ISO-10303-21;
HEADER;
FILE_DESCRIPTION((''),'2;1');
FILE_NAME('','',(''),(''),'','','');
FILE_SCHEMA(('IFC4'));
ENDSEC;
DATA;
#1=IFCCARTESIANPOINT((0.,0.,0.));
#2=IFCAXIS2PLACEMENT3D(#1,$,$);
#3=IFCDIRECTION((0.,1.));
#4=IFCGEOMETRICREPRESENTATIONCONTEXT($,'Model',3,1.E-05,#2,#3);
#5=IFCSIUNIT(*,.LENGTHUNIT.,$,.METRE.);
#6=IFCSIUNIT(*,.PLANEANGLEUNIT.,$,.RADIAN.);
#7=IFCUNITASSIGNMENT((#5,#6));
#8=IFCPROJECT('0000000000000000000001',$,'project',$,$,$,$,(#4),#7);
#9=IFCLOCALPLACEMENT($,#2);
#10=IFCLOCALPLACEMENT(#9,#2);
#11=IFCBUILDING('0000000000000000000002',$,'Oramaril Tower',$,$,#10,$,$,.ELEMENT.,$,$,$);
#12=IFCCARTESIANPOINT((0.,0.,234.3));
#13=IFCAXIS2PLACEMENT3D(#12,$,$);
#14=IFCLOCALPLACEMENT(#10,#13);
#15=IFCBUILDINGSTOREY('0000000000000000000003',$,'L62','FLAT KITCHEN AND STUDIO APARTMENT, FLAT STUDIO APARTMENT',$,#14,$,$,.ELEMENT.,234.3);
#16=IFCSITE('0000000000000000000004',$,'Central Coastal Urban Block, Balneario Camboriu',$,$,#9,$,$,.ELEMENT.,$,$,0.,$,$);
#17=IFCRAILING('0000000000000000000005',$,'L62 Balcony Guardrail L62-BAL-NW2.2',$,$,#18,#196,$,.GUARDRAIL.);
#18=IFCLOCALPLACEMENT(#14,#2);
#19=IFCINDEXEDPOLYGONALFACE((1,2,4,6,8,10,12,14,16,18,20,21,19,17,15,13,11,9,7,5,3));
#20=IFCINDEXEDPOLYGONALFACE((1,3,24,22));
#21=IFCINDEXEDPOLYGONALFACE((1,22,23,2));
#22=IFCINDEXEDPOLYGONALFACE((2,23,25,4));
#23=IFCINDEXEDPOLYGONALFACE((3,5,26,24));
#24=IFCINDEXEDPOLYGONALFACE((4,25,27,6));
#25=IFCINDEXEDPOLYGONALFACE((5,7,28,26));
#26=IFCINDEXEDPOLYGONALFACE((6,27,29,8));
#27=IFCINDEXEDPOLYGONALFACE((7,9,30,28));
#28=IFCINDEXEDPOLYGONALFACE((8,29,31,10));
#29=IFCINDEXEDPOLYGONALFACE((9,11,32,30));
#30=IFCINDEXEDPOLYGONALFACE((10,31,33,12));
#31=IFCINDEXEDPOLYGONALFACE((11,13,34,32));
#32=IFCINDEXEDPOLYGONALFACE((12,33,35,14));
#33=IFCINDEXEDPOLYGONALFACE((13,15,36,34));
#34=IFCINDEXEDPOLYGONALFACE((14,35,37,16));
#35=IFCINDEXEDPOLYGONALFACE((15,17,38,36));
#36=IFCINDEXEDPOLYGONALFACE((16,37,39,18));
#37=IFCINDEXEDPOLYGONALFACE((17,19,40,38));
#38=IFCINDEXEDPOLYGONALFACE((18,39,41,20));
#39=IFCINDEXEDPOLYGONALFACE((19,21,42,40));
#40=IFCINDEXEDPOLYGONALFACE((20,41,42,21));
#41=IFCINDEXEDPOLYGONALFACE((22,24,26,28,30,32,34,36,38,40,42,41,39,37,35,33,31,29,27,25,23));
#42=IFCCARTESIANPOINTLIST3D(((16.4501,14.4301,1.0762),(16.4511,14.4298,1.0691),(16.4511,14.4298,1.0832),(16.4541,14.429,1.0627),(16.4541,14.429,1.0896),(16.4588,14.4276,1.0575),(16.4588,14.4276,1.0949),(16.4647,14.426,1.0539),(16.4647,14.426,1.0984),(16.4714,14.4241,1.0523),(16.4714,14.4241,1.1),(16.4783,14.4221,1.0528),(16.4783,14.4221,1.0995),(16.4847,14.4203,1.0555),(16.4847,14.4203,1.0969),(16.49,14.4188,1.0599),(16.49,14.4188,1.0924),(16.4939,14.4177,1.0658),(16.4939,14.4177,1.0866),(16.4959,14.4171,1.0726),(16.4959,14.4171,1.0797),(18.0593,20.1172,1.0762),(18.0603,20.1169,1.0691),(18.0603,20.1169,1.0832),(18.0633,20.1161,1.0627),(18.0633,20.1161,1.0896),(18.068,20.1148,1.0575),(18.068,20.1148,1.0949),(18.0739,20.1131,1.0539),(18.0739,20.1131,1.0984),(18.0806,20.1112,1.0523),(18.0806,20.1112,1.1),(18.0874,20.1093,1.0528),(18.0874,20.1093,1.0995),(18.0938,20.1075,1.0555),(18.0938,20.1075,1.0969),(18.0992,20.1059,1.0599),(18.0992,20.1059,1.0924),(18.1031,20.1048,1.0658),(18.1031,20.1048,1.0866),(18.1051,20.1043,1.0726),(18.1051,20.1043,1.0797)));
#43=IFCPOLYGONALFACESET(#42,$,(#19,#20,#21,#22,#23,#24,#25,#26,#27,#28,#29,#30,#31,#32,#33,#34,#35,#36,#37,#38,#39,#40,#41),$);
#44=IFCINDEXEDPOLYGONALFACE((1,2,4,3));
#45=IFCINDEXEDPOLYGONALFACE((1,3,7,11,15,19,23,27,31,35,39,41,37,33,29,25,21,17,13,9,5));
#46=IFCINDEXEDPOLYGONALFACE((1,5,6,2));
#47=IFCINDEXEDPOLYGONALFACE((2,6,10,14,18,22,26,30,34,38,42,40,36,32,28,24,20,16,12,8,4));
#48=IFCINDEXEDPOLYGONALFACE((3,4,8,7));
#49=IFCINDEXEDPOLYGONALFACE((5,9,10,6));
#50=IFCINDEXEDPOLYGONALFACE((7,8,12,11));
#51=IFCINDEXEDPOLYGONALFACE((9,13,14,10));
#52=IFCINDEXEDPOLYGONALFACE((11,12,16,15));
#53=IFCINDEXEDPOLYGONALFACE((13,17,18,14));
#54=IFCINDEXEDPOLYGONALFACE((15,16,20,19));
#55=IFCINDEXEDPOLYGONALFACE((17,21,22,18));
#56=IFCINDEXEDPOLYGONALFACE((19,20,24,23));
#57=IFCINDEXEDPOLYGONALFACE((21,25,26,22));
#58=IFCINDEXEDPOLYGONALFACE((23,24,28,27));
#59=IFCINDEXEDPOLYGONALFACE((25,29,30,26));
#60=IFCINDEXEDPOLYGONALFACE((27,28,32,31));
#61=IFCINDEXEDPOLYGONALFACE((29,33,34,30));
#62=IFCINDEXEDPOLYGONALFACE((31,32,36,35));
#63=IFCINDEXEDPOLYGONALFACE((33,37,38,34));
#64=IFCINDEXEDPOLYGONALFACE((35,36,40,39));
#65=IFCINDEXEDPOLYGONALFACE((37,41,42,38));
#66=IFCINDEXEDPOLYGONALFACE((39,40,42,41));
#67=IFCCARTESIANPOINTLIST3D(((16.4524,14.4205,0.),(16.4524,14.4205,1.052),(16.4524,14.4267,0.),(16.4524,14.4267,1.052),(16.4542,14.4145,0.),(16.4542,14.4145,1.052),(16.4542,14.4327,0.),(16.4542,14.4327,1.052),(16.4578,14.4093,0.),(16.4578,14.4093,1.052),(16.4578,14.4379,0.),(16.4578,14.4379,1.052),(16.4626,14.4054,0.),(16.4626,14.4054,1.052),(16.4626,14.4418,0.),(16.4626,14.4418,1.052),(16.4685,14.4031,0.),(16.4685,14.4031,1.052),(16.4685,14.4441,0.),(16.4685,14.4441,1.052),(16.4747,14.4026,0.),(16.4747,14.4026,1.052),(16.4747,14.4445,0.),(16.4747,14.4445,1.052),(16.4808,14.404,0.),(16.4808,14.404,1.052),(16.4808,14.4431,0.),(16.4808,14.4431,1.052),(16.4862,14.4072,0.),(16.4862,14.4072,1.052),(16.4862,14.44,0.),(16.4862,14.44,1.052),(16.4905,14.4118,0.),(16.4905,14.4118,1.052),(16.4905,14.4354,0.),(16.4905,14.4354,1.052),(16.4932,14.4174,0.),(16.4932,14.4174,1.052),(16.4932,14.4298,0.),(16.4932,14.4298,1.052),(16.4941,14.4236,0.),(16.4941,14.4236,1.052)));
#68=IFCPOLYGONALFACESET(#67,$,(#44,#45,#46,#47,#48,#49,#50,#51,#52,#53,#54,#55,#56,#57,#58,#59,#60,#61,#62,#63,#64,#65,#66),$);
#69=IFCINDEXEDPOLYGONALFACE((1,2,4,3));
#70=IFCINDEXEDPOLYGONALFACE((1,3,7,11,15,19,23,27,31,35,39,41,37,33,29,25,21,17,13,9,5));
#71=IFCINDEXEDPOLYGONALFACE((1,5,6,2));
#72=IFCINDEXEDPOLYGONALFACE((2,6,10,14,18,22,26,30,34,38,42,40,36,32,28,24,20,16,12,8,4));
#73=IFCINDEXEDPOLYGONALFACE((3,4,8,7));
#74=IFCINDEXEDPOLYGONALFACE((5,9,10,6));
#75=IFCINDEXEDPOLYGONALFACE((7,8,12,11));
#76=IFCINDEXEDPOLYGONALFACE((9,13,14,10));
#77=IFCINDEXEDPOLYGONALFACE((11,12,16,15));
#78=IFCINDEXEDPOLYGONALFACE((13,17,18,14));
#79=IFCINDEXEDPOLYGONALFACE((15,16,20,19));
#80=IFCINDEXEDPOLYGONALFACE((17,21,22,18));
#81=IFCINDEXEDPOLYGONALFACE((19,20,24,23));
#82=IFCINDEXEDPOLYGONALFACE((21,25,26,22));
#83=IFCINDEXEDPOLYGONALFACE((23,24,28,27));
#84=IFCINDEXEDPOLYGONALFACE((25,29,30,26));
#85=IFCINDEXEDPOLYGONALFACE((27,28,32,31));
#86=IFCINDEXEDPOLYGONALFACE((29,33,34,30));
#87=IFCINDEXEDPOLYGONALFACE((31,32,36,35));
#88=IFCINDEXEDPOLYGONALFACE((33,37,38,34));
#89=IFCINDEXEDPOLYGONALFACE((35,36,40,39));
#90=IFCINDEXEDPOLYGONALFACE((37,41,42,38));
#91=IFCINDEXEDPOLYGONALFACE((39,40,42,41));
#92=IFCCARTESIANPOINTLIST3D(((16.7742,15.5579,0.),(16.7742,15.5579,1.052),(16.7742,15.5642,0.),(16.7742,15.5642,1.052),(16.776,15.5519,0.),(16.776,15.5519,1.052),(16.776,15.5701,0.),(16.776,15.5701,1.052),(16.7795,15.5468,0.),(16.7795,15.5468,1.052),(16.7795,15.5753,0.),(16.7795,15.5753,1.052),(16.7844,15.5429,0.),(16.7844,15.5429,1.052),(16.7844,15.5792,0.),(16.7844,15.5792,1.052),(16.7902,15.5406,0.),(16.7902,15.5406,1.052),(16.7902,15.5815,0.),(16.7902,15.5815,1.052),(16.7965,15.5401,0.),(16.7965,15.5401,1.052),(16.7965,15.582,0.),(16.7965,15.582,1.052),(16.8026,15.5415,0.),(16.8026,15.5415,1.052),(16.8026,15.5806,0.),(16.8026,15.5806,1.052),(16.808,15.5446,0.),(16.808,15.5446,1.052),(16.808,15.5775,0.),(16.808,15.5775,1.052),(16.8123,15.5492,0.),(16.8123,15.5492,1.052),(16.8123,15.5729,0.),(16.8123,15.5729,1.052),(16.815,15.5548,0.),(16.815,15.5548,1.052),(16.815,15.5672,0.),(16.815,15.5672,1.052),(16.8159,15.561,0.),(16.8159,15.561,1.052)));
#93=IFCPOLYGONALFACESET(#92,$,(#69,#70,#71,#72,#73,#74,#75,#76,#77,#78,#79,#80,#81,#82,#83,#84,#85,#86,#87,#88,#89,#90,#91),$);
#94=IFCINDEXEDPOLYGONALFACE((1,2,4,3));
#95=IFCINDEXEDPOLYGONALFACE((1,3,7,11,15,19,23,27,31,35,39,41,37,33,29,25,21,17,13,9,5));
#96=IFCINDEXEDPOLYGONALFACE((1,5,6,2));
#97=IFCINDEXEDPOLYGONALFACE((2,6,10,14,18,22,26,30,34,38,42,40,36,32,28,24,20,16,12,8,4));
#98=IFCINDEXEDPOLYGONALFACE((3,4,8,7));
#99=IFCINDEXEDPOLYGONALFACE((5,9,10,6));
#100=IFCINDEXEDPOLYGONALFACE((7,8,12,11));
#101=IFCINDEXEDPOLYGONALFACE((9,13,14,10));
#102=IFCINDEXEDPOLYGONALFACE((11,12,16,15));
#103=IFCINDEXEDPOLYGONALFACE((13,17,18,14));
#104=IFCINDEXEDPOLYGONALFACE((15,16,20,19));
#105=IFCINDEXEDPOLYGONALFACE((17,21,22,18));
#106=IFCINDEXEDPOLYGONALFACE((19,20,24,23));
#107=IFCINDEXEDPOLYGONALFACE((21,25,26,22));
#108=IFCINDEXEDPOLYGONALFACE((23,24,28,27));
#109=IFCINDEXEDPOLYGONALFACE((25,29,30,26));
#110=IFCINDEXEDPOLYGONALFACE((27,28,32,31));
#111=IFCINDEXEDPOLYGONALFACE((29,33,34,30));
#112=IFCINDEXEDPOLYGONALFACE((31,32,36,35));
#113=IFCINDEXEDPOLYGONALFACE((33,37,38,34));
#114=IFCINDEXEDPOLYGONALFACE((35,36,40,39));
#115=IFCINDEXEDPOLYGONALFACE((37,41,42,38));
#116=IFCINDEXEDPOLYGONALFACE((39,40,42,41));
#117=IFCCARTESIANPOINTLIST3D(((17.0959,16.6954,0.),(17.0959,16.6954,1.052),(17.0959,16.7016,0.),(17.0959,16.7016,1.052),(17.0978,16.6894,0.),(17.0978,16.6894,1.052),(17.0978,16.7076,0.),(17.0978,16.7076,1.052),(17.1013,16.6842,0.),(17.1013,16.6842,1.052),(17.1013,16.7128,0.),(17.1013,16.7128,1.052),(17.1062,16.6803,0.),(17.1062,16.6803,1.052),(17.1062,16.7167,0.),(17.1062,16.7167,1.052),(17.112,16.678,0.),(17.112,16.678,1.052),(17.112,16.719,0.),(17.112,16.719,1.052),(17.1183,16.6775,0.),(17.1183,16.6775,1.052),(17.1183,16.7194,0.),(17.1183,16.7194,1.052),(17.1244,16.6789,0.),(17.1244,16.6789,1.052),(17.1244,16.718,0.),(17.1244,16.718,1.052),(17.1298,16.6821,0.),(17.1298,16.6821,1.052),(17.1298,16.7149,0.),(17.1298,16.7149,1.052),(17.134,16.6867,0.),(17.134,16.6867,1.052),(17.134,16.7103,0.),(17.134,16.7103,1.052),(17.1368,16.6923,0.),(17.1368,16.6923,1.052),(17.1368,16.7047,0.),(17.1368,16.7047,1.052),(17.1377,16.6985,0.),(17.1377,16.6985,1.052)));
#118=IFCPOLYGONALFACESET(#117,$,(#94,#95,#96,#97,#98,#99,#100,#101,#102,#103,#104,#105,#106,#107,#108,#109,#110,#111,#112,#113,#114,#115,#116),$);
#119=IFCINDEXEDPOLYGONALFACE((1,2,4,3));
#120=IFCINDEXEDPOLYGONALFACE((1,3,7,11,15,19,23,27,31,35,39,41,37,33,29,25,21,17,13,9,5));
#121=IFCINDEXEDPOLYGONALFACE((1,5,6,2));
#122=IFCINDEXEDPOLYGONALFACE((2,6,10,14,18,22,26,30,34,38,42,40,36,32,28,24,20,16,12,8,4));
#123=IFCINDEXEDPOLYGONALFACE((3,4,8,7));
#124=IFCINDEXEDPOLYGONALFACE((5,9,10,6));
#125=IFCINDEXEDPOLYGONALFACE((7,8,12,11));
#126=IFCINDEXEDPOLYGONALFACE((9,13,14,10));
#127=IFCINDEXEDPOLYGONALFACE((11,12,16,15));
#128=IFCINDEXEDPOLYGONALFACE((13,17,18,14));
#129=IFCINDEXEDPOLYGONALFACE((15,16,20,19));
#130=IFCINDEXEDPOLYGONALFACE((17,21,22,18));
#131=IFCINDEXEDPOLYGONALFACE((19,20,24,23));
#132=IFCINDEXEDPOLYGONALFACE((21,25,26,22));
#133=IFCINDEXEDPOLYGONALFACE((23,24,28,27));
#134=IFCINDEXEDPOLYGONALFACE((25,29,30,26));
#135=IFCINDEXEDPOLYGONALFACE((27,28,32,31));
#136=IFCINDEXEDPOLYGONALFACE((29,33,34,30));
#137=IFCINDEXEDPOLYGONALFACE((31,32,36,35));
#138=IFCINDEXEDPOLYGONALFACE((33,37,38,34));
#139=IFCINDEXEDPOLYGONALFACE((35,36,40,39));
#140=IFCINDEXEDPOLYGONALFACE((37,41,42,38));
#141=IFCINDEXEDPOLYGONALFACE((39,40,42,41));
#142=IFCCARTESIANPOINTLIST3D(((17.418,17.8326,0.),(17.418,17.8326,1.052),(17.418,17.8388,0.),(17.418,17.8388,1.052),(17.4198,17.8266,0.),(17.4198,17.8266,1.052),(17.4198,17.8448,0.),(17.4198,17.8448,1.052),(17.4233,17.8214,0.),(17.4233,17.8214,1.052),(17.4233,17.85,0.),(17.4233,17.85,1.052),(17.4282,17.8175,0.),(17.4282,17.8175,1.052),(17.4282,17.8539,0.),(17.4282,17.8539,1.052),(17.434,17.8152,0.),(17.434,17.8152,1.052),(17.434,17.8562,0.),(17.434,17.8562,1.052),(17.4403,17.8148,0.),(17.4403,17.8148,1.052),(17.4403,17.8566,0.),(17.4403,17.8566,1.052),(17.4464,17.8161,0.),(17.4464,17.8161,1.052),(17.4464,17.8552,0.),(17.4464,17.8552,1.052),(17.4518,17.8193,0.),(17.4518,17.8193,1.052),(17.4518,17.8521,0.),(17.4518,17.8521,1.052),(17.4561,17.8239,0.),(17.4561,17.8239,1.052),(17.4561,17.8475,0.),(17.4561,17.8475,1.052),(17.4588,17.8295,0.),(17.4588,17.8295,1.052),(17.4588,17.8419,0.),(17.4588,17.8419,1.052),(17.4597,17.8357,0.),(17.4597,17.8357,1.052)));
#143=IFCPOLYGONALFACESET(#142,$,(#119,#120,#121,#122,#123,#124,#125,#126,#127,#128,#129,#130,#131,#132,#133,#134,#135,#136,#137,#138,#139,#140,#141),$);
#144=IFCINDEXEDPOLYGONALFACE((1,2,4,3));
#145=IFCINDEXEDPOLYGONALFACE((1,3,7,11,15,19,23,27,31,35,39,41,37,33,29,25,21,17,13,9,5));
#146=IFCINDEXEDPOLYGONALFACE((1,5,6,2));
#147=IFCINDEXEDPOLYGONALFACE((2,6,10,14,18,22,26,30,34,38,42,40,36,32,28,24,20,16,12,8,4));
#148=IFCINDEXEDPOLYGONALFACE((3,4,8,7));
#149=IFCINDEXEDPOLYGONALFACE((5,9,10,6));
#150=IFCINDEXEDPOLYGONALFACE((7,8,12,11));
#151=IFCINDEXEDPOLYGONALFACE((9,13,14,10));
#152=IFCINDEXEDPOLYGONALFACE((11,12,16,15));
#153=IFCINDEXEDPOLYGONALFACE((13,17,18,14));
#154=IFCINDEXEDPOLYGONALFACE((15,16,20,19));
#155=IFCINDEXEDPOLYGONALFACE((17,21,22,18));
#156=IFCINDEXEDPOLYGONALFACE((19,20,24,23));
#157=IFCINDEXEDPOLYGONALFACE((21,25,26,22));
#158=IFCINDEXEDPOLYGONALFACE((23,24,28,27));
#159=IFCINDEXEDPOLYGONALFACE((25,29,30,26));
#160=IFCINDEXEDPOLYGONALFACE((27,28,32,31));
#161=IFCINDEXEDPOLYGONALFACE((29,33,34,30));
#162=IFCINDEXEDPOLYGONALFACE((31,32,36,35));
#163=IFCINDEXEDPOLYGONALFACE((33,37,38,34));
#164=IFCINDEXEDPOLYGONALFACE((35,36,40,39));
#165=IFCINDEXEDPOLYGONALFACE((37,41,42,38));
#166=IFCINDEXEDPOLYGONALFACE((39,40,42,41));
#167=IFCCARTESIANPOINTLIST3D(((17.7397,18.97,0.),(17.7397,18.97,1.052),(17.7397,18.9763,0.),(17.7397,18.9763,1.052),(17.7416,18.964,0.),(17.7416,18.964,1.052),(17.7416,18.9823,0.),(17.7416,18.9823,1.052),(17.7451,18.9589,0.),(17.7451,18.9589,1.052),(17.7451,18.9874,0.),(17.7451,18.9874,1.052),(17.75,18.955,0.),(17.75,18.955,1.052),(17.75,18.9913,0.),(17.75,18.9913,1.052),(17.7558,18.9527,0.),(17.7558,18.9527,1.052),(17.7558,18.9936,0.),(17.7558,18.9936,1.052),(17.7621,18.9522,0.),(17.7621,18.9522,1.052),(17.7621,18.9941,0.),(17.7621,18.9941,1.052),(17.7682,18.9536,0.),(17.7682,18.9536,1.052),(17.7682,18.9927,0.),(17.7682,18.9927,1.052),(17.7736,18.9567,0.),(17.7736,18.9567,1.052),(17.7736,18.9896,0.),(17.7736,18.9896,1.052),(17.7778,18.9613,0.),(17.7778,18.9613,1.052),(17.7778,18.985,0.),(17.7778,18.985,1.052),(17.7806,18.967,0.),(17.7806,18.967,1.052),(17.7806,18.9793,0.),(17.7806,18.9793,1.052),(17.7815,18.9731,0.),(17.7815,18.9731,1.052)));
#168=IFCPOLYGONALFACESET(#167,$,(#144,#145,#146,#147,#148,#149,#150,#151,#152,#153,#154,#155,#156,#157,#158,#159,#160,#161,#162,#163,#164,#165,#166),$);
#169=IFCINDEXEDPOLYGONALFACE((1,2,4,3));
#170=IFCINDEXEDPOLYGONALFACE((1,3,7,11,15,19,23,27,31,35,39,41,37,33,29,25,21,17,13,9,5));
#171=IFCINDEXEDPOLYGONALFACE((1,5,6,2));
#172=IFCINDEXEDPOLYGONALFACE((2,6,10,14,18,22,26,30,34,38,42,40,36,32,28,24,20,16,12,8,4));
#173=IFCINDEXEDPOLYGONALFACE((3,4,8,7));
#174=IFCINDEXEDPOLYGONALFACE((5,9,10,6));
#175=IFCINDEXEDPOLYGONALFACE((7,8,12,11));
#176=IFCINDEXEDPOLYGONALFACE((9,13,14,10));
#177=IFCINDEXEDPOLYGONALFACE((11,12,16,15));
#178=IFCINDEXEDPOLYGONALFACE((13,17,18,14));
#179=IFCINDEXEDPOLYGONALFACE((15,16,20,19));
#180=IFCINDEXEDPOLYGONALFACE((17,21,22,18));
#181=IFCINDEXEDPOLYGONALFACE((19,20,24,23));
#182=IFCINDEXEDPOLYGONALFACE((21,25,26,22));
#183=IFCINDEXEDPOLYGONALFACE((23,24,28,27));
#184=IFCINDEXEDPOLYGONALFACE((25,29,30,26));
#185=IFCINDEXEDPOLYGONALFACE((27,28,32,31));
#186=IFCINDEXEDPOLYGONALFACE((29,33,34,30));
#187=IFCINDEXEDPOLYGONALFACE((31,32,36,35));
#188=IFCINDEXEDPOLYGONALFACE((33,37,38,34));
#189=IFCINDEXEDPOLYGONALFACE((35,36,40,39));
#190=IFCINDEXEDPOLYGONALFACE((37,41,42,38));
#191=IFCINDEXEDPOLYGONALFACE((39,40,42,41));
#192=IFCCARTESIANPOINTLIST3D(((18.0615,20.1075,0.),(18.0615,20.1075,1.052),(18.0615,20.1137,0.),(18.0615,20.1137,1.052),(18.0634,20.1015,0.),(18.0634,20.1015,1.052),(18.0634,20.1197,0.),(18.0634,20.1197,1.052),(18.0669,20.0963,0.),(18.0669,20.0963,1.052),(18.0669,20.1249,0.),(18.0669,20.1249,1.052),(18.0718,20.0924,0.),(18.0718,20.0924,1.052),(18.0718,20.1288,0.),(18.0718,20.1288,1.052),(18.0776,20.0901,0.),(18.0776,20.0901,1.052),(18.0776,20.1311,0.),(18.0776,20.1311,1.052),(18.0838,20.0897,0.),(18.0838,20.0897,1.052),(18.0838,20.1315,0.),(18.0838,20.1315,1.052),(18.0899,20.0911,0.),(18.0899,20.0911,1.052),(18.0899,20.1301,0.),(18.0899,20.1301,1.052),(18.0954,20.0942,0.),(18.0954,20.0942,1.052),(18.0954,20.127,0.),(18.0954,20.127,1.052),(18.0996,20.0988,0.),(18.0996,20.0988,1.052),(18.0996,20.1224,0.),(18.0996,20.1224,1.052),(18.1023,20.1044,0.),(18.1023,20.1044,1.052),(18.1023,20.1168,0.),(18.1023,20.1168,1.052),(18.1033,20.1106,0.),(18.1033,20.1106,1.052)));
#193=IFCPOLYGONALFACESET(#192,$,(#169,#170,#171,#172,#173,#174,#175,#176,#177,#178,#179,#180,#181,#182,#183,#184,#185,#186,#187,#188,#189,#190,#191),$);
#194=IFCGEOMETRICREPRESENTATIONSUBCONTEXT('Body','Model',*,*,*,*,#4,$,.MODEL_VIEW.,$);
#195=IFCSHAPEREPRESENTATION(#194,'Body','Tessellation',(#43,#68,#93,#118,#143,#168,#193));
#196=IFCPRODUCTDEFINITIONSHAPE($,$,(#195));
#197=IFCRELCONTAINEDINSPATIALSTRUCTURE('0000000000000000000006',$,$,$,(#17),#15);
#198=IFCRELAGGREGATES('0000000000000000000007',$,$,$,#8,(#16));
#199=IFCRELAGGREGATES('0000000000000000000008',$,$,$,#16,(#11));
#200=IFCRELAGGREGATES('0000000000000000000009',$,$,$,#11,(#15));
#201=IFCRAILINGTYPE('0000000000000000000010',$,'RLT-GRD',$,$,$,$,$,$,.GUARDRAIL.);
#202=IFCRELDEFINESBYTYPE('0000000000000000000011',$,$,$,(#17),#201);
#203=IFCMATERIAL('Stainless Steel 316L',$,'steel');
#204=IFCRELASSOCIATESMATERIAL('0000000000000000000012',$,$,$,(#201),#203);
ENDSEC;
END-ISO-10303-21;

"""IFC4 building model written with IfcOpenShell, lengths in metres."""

from ifc_helpers import new_model, si_unit, direction, frame, origin, origin_2d, place, context, subcontext, project, spatial, circle, extrude, material, type_object, element, save


model = new_model("IFC4")

# Units and contexts
model_context = context("Model", 3, precision=1e-05, world=origin(), true_north=direction((0.0, 1.0)))
body_context = subcontext(model_context, "Body", "Model", "MODEL_VIEW")
ifc_project = project(units=[si_unit("LENGTHUNIT", "METRE"), si_unit("PLANEANGLEUNIT", "RADIAN")], contexts=[model_context])

# Site, building, storey
site_placement = place(None, origin())
site = spatial("IfcSite", under=ifc_project, at=site_placement, Name="Central Coastal Urban Block, Balneario Camboriu", CompositionType="ELEMENT", RefElevation=0.0)
building_placement = place(site_placement, origin())
building = spatial("IfcBuilding", under=site, at=building_placement, Name="Oramaril Tower", CompositionType="ELEMENT")
storey_placement = place(building_placement, frame((0.0, 0.0, 234.3)))
storey = spatial("IfcBuildingStorey", under=building, at=storey_placement, Name="L62", Description="FLAT KITCHEN AND STUDIO APARTMENT, FLAT STUDIO APARTMENT", CompositionType="ELEMENT", Elevation=234.3)

# Railing
ifc_material_1 = material(Name="Stainless Steel 316L", Category="steel")
railing_type = type_object("IfcRailingType", Name="RLT-GRD", PredefinedType="GUARDRAIL", material=ifc_material_1)
railing_1_placement = place(storey_placement, frame((16.4731, 14.4236, 0.0)))
element("IfcRailing", 1, at=railing_1_placement, inside=storey, type_object=railing_type, Name="L62 Balcony Guardrail L62-BAL-NW2.2", PredefinedType="GUARDRAIL", context=body_context, shape_type="SweptSolid", body=[
    extrude(circle(Radius=0.0239, at=origin_2d()), frame((0.0, 0.0, 1.0762), z_axis=(0.27226, 0.962224, 0.0), x_axis=(-0.962224, 0.27226, 0.0)), (0.0, 0.0, 1.0), 5.9104),
    extrude(circle(Radius=0.021, at=origin_2d()), origin(), (0.0, 0.0, 1.0), 1.052),
    extrude(circle(Radius=0.021, at=origin_2d()), frame((0.3218, 1.1375, 0.0)), (0.0, 0.0, 1.0), 1.052),
    extrude(circle(Radius=0.021, at=origin_2d()), frame((0.6436, 2.2749, 0.0)), (0.0, 0.0, 1.0), 1.052),
    extrude(circle(Radius=0.021, at=origin_2d()), frame((0.9656, 3.4121, 0.0)), (0.0, 0.0, 1.0), 1.052),
    extrude(circle(Radius=0.021, at=origin_2d()), frame((1.2874, 4.5496, 0.0)), (0.0, 0.0, 1.0), 1.052),
    extrude(circle(Radius=0.021, at=origin_2d()), frame((1.6091, 5.687, 0.0)), (0.0, 0.0, 1.0), 1.052),
])

save(model, "model.ifc")
